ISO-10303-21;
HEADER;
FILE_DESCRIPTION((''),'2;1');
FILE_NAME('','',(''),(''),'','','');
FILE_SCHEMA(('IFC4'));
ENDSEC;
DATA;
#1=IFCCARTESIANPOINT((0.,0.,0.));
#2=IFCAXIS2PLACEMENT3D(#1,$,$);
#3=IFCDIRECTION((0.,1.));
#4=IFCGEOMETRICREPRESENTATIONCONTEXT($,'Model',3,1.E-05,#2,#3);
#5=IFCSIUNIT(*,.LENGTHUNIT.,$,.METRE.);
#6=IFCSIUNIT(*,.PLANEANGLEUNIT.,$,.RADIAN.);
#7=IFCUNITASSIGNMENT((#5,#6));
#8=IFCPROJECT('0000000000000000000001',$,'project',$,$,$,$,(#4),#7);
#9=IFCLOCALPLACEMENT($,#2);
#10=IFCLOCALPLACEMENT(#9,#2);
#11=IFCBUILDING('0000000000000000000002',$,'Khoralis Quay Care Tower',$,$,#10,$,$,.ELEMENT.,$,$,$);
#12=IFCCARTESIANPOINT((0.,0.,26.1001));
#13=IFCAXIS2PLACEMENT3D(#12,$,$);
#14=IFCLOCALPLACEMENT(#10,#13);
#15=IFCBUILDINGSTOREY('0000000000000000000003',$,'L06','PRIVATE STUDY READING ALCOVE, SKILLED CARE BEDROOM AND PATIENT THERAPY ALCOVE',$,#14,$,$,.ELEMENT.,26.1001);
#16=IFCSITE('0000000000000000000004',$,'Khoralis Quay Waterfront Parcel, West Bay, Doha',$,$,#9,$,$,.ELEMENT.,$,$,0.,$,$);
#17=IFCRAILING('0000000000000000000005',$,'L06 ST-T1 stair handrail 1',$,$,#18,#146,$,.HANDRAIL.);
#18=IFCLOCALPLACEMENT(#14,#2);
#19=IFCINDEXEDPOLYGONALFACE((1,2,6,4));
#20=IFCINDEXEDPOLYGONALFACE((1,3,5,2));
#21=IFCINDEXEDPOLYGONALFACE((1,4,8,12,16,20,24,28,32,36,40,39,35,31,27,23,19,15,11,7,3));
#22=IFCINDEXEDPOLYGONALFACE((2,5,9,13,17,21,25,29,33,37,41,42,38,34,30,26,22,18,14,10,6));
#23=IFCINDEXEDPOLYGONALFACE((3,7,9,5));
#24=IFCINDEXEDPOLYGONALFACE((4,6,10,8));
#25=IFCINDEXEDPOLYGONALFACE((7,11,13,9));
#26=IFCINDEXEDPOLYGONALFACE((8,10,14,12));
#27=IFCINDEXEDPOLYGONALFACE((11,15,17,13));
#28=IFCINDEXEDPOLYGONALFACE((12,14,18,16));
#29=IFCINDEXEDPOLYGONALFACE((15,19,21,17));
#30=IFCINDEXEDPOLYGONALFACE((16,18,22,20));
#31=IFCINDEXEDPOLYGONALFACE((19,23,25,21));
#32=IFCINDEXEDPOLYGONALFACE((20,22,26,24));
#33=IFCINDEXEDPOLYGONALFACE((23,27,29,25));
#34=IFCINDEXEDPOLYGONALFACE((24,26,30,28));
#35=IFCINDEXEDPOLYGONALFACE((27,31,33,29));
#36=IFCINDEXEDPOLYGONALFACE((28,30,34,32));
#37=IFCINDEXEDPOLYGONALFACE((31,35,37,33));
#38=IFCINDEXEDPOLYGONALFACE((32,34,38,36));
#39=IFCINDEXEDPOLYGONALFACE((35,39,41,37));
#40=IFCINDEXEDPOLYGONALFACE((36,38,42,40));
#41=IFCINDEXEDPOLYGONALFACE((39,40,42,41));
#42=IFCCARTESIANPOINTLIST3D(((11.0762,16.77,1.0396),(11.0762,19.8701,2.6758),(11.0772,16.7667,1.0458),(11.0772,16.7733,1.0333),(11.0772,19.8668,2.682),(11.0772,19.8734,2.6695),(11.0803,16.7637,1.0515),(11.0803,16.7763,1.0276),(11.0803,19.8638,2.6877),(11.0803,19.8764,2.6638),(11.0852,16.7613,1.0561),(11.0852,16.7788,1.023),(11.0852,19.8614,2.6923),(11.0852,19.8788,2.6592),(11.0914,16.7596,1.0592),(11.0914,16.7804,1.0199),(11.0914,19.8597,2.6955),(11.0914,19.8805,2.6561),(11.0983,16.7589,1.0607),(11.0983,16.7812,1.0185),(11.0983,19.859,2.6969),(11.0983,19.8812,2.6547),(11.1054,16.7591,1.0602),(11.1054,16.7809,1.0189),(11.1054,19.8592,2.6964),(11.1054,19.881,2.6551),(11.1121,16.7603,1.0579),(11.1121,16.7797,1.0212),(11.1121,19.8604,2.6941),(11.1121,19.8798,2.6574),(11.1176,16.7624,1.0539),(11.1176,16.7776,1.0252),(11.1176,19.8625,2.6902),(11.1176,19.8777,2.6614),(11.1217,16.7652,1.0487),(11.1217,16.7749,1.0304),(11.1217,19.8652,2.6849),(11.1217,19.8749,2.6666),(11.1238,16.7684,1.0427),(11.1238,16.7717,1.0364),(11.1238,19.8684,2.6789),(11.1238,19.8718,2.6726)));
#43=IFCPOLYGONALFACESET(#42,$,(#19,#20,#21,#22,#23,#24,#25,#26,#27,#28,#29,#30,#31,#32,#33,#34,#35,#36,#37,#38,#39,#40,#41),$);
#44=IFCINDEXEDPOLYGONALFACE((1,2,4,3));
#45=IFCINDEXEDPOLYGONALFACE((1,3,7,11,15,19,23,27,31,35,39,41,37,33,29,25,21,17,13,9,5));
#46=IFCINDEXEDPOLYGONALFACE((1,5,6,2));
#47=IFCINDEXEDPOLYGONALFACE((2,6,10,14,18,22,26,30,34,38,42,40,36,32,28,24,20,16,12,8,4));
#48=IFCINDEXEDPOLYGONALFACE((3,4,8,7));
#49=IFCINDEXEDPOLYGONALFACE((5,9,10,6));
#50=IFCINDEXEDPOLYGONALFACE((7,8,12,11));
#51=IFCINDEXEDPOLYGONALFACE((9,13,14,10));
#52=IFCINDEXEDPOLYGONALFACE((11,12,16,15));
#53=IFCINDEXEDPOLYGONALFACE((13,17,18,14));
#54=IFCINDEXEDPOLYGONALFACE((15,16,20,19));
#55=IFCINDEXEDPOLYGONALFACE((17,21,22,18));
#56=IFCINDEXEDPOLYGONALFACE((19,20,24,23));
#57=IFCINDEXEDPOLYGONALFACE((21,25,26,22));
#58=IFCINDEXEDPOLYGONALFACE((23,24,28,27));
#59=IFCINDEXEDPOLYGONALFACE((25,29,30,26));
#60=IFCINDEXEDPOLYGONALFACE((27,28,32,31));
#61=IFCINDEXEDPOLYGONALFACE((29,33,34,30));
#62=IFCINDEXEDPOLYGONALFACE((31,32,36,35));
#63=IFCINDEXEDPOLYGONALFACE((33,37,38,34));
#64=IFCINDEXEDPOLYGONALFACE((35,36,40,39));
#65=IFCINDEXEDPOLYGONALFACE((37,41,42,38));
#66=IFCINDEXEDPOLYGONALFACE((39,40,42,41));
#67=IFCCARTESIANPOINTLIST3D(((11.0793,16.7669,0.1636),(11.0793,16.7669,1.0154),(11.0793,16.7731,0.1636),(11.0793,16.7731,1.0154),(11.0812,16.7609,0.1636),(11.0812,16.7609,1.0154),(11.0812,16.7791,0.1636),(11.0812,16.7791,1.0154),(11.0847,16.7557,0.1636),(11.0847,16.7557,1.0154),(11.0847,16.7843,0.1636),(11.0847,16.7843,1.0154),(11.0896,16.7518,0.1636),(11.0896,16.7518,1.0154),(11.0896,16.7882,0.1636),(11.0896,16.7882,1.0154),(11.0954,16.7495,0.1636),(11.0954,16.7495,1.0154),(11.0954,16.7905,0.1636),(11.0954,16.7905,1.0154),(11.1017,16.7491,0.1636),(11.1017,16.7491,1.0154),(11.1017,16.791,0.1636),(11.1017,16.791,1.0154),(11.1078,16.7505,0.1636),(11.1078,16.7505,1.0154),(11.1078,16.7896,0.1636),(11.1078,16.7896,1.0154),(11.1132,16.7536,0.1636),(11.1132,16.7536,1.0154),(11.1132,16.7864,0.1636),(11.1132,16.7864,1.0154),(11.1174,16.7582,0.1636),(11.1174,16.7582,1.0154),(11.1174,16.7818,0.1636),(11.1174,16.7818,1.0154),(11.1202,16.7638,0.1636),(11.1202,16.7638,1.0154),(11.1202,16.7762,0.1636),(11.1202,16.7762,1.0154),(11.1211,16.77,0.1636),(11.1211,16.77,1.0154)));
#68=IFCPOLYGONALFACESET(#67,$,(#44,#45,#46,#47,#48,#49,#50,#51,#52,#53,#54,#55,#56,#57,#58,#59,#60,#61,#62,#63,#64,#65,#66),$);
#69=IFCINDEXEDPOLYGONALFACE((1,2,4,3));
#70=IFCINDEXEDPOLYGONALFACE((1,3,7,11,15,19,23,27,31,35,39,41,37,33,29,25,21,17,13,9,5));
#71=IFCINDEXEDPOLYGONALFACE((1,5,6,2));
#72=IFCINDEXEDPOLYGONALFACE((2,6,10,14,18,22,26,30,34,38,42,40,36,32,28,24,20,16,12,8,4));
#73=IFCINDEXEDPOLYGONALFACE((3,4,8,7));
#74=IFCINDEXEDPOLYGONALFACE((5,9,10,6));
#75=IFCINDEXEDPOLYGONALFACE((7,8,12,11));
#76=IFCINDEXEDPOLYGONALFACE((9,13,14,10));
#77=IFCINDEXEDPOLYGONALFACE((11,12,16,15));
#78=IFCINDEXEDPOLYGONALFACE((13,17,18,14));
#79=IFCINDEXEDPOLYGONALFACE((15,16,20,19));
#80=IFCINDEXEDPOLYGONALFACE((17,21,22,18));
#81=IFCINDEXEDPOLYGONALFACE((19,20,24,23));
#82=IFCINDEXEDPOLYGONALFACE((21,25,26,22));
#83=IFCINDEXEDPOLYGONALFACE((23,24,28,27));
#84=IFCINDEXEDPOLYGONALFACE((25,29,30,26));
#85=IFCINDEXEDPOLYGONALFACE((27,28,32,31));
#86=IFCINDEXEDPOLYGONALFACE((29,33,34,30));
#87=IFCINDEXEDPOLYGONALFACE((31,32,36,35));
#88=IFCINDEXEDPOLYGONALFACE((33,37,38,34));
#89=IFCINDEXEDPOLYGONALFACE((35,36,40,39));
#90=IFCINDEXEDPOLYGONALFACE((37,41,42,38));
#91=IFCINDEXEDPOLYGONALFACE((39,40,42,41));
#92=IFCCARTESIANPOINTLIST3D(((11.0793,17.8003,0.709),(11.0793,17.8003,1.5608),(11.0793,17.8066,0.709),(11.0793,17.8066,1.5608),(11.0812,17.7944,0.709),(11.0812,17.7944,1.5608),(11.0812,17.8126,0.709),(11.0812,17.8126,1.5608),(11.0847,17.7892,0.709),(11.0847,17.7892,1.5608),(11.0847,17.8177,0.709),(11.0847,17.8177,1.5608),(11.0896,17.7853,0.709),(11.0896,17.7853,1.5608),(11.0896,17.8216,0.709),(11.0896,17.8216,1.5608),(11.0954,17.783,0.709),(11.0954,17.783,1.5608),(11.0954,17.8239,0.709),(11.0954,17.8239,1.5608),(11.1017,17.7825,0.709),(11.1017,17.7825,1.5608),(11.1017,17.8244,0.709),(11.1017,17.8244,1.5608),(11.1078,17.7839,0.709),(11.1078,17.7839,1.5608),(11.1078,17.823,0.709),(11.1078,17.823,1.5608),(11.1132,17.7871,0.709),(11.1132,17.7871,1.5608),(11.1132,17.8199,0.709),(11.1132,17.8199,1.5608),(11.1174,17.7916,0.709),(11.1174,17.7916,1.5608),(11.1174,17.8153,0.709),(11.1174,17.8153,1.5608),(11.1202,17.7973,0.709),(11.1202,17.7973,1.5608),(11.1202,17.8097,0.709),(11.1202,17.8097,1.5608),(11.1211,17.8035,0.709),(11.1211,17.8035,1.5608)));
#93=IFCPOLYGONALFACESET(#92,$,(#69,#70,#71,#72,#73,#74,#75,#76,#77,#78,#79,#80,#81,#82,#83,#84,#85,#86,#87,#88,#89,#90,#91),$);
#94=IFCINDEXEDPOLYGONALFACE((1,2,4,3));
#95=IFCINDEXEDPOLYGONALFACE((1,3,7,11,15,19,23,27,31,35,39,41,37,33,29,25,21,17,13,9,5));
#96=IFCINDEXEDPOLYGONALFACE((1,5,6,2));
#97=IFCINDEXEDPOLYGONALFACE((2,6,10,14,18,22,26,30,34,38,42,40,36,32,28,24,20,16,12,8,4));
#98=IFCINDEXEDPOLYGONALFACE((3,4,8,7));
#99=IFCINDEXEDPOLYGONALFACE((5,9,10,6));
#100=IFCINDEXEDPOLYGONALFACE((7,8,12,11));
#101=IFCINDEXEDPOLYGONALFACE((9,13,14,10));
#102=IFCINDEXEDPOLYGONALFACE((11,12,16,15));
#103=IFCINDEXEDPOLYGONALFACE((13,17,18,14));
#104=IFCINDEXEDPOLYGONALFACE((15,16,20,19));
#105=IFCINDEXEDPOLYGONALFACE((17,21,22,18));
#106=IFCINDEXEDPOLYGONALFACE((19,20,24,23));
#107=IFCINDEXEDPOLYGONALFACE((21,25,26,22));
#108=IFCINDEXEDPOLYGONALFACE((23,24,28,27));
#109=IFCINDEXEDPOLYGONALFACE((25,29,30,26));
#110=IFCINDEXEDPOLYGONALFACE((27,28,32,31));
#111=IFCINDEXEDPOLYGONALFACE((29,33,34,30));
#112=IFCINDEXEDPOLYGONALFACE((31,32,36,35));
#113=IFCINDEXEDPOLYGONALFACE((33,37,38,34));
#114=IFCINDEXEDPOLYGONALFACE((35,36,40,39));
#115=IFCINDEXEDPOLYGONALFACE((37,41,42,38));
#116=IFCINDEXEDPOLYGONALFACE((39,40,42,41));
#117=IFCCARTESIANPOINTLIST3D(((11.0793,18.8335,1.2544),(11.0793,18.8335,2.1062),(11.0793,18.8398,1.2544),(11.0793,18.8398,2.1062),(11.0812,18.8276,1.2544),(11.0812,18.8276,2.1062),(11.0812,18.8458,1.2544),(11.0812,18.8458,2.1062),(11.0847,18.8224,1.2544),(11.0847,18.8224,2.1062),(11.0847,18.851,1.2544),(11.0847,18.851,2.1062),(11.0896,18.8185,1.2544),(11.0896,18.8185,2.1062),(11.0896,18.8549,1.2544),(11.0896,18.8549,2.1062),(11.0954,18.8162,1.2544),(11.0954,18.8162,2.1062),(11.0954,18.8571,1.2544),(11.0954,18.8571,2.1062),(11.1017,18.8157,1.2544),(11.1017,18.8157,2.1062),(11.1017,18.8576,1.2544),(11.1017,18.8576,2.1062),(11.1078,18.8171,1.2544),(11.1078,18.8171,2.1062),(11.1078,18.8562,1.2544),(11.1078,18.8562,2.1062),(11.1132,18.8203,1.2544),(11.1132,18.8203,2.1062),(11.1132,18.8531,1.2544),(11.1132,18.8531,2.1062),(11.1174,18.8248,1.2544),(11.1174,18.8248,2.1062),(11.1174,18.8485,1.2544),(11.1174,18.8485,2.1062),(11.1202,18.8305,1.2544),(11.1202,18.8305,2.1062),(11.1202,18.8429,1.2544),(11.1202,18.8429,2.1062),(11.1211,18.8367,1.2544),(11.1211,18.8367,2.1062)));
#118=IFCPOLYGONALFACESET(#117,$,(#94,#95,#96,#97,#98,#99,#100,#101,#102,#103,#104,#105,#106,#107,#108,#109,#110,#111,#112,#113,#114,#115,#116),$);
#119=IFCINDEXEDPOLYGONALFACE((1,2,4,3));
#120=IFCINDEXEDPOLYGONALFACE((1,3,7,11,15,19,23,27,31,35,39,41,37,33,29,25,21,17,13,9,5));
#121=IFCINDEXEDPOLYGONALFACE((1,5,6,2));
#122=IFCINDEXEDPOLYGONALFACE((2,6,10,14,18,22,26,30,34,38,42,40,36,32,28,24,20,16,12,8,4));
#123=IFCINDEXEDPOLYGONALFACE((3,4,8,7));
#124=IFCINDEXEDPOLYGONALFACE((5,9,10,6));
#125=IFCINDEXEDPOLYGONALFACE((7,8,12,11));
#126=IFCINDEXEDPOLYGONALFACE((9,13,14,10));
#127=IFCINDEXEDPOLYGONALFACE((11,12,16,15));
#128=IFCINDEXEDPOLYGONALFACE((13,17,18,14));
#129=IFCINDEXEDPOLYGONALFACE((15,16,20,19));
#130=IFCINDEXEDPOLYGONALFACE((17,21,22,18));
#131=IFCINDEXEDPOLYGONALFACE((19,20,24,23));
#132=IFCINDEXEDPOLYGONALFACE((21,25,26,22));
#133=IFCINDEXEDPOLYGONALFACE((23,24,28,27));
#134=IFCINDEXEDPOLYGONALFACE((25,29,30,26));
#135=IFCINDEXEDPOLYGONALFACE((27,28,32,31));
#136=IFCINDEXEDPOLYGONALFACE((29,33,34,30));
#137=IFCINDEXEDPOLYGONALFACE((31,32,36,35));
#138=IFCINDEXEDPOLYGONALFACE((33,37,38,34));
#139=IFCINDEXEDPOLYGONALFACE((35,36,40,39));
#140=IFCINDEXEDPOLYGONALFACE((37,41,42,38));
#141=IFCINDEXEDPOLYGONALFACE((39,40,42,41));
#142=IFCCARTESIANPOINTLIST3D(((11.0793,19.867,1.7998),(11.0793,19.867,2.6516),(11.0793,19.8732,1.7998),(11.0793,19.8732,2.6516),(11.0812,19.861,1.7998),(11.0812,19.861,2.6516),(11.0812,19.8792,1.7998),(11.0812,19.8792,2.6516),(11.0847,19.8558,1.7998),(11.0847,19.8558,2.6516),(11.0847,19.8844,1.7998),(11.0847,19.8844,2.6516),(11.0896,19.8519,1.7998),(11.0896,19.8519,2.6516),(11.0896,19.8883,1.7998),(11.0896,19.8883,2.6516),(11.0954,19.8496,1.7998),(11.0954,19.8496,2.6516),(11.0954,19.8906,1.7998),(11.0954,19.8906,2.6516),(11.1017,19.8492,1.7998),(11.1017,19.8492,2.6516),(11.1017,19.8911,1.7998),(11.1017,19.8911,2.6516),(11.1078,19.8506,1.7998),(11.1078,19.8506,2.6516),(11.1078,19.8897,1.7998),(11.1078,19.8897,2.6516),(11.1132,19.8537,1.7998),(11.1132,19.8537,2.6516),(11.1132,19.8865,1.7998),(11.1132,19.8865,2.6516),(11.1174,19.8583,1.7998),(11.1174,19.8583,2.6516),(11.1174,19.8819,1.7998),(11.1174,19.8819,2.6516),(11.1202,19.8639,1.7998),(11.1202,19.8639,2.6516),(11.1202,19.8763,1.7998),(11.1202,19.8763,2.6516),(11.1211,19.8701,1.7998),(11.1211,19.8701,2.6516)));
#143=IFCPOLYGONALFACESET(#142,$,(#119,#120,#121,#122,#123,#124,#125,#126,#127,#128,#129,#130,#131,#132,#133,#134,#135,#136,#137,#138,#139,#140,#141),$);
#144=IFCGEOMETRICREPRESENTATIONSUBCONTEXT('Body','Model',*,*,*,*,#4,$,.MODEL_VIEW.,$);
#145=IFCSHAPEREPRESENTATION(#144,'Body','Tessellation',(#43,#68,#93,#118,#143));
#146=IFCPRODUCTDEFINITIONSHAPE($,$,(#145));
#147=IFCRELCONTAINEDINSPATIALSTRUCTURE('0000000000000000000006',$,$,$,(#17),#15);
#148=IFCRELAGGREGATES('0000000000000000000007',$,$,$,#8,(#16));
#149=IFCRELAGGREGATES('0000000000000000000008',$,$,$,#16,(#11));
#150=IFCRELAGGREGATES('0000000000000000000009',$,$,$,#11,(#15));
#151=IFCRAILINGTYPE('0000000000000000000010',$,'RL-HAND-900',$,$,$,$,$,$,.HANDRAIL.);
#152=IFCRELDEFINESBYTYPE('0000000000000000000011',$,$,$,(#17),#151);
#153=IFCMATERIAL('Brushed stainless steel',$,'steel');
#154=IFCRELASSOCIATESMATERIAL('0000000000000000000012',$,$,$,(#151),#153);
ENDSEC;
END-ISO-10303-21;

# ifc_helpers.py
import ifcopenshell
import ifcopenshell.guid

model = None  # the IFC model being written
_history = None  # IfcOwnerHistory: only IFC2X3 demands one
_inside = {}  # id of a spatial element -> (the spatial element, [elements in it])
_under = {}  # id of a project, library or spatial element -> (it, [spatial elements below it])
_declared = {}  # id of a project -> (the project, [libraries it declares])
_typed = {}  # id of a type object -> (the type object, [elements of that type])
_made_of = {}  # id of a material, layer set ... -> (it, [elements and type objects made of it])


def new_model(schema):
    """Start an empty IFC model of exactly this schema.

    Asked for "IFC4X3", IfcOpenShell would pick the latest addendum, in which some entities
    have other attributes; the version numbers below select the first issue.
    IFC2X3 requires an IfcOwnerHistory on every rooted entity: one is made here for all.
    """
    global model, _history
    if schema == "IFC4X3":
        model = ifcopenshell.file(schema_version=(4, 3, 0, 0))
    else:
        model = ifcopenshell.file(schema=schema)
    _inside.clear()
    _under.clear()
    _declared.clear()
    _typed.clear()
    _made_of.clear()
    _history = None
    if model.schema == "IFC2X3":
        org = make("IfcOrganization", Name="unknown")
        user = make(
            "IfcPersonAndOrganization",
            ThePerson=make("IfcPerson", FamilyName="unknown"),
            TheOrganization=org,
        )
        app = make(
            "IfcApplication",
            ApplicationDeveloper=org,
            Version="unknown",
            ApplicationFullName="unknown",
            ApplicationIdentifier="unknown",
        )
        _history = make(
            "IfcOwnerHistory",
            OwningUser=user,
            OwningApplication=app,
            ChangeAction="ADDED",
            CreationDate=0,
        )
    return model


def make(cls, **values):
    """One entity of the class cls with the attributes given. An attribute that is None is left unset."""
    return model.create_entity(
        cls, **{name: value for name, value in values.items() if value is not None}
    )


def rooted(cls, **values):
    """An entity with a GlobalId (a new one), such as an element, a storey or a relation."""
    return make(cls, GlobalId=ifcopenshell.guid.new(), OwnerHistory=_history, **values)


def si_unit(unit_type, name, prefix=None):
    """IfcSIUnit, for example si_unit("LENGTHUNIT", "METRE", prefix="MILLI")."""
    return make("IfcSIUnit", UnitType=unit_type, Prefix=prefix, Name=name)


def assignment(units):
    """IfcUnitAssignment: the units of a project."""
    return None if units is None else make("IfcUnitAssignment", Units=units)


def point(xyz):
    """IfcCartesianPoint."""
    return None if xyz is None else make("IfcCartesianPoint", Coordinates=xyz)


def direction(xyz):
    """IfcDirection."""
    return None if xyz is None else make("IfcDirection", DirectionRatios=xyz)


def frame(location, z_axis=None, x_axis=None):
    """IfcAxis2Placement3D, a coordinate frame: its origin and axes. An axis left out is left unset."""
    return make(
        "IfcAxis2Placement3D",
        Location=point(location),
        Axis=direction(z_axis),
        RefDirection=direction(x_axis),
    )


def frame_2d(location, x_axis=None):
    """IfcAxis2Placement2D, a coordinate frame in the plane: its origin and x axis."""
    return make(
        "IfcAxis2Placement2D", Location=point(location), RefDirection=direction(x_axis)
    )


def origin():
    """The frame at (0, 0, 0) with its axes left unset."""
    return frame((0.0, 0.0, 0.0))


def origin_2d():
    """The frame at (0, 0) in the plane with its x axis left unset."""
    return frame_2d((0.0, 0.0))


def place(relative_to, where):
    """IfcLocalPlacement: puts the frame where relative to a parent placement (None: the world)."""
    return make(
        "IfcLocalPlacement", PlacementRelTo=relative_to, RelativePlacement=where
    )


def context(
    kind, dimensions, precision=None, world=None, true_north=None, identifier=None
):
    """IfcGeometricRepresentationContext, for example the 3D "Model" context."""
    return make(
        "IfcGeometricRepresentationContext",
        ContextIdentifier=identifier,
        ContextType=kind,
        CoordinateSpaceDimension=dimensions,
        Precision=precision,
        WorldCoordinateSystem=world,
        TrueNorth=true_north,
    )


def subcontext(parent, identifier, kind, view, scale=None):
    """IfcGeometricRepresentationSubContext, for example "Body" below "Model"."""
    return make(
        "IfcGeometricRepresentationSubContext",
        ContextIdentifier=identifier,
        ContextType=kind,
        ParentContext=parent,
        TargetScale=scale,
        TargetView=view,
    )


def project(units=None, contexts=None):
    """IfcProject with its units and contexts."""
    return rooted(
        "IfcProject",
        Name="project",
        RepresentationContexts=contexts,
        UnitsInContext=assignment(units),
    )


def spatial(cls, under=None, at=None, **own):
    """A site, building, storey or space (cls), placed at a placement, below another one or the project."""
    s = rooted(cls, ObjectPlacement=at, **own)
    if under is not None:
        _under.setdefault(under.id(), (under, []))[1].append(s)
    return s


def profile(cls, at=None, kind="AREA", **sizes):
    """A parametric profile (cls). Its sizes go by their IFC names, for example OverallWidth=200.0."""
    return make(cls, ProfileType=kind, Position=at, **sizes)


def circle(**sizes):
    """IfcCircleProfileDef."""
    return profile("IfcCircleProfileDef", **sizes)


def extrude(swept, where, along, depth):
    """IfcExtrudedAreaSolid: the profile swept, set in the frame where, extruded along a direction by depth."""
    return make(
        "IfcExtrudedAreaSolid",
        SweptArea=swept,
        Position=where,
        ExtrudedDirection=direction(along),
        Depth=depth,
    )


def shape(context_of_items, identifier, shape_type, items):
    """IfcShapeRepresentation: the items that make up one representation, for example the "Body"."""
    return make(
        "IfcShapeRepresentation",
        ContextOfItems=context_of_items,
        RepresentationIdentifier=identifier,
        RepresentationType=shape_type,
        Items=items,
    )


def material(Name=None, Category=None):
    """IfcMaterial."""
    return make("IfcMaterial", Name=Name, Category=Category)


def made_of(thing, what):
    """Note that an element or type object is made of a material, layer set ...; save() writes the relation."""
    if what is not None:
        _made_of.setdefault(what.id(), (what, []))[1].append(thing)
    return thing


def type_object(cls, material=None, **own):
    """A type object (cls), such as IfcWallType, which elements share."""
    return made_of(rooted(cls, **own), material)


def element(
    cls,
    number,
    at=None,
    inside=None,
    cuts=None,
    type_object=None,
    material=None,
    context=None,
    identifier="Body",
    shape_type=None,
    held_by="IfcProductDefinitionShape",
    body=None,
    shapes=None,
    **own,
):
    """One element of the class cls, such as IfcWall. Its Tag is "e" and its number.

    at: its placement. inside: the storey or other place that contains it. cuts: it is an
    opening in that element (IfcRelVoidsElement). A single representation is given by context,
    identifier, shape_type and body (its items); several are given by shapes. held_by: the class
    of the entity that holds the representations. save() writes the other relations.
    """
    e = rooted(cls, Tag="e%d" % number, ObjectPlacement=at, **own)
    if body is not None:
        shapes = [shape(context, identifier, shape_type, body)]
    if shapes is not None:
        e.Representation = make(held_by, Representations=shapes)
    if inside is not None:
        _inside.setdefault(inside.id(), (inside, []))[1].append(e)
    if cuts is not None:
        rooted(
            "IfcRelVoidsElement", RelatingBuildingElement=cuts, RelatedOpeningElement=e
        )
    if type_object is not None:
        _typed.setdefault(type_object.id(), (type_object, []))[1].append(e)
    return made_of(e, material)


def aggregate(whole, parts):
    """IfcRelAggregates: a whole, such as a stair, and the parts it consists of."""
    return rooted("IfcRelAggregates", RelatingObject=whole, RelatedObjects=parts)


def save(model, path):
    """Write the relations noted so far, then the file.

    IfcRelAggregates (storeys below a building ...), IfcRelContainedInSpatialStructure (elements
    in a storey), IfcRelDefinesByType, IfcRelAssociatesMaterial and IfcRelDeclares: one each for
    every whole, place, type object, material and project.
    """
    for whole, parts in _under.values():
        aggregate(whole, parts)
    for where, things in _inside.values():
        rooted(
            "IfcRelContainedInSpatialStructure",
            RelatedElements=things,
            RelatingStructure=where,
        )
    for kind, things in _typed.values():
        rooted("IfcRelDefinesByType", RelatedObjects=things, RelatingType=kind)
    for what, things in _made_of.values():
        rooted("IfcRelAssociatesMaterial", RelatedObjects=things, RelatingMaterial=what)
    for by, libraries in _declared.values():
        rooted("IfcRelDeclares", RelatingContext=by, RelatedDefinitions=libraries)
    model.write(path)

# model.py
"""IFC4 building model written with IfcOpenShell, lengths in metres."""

from ifc_helpers import new_model, si_unit, direction, frame, origin, origin_2d, place, context, subcontext, project, spatial, circle, extrude, material, type_object, element, save


model = new_model("IFC4")

# Units and contexts
model_context = context("Model", 3, precision=1e-05, world=origin(), true_north=direction((0.0, 1.0)))
body_context = subcontext(model_context, "Body", "Model", "MODEL_VIEW")
ifc_project = project(units=[si_unit("LENGTHUNIT", "METRE"), si_unit("PLANEANGLEUNIT", "RADIAN")], contexts=[model_context])

# Site, building, storey
site_placement = place(None, origin())
site = spatial("IfcSite", under=ifc_project, at=site_placement, Name="Khoralis Quay Waterfront Parcel, West Bay, Doha", CompositionType="ELEMENT", RefElevation=0.0)
building_placement = place(site_placement, origin())
building = spatial("IfcBuilding", under=site, at=building_placement, Name="Khoralis Quay Care Tower", CompositionType="ELEMENT")
storey_placement = place(building_placement, frame((0.0, 0.0, 26.1001)))
storey = spatial("IfcBuildingStorey", under=building, at=storey_placement, Name="L06", Description="PRIVATE STUDY READING ALCOVE, SKILLED CARE BEDROOM AND PATIENT THERAPY ALCOVE", CompositionType="ELEMENT", Elevation=26.1001)

# Shared definitions
ifc_material_1 = material(Name="Brushed stainless steel", Category="steel")

# Railing
railing_type_1 = type_object("IfcRailingType", Name="RL-HAND-900", PredefinedType="HANDRAIL", material=ifc_material_1)
railing_1_placement = place(storey_placement, frame((11.1001, 16.77, 0.1636)))
element("IfcRailing", 1, at=railing_1_placement, inside=storey, type_object=railing_type_1, Name="L06 ST-T1 stair handrail 1", PredefinedType="HANDRAIL", context=body_context, shape_type="SweptSolid", body=[
    extrude(circle(Radius=0.0239, at=origin_2d()), frame((0.0, 0.0, 0.876), z_axis=(0.0, 0.884377, 0.466774), x_axis=(-1.0, 0.0, 0.0)), (0.0, 0.0, 1.0), 3.5054),
    extrude(circle(Radius=0.021, at=origin_2d()), origin(), (0.0, 0.0, 1.0), 0.8518),
    extrude(circle(Radius=0.021, at=origin_2d()), frame((0.0, 1.0334, 0.5454)), (0.0, 0.0, 1.0), 0.8518),
    extrude(circle(Radius=0.021, at=origin_2d()), frame((0.0, 2.0667, 1.0908)), (0.0, 0.0, 1.0), 0.8518),
    extrude(circle(Radius=0.021, at=origin_2d()), frame((0.0, 3.1001, 1.6362)), (0.0, 0.0, 1.0), 0.8518),
])

save(model, "model.ifc")
